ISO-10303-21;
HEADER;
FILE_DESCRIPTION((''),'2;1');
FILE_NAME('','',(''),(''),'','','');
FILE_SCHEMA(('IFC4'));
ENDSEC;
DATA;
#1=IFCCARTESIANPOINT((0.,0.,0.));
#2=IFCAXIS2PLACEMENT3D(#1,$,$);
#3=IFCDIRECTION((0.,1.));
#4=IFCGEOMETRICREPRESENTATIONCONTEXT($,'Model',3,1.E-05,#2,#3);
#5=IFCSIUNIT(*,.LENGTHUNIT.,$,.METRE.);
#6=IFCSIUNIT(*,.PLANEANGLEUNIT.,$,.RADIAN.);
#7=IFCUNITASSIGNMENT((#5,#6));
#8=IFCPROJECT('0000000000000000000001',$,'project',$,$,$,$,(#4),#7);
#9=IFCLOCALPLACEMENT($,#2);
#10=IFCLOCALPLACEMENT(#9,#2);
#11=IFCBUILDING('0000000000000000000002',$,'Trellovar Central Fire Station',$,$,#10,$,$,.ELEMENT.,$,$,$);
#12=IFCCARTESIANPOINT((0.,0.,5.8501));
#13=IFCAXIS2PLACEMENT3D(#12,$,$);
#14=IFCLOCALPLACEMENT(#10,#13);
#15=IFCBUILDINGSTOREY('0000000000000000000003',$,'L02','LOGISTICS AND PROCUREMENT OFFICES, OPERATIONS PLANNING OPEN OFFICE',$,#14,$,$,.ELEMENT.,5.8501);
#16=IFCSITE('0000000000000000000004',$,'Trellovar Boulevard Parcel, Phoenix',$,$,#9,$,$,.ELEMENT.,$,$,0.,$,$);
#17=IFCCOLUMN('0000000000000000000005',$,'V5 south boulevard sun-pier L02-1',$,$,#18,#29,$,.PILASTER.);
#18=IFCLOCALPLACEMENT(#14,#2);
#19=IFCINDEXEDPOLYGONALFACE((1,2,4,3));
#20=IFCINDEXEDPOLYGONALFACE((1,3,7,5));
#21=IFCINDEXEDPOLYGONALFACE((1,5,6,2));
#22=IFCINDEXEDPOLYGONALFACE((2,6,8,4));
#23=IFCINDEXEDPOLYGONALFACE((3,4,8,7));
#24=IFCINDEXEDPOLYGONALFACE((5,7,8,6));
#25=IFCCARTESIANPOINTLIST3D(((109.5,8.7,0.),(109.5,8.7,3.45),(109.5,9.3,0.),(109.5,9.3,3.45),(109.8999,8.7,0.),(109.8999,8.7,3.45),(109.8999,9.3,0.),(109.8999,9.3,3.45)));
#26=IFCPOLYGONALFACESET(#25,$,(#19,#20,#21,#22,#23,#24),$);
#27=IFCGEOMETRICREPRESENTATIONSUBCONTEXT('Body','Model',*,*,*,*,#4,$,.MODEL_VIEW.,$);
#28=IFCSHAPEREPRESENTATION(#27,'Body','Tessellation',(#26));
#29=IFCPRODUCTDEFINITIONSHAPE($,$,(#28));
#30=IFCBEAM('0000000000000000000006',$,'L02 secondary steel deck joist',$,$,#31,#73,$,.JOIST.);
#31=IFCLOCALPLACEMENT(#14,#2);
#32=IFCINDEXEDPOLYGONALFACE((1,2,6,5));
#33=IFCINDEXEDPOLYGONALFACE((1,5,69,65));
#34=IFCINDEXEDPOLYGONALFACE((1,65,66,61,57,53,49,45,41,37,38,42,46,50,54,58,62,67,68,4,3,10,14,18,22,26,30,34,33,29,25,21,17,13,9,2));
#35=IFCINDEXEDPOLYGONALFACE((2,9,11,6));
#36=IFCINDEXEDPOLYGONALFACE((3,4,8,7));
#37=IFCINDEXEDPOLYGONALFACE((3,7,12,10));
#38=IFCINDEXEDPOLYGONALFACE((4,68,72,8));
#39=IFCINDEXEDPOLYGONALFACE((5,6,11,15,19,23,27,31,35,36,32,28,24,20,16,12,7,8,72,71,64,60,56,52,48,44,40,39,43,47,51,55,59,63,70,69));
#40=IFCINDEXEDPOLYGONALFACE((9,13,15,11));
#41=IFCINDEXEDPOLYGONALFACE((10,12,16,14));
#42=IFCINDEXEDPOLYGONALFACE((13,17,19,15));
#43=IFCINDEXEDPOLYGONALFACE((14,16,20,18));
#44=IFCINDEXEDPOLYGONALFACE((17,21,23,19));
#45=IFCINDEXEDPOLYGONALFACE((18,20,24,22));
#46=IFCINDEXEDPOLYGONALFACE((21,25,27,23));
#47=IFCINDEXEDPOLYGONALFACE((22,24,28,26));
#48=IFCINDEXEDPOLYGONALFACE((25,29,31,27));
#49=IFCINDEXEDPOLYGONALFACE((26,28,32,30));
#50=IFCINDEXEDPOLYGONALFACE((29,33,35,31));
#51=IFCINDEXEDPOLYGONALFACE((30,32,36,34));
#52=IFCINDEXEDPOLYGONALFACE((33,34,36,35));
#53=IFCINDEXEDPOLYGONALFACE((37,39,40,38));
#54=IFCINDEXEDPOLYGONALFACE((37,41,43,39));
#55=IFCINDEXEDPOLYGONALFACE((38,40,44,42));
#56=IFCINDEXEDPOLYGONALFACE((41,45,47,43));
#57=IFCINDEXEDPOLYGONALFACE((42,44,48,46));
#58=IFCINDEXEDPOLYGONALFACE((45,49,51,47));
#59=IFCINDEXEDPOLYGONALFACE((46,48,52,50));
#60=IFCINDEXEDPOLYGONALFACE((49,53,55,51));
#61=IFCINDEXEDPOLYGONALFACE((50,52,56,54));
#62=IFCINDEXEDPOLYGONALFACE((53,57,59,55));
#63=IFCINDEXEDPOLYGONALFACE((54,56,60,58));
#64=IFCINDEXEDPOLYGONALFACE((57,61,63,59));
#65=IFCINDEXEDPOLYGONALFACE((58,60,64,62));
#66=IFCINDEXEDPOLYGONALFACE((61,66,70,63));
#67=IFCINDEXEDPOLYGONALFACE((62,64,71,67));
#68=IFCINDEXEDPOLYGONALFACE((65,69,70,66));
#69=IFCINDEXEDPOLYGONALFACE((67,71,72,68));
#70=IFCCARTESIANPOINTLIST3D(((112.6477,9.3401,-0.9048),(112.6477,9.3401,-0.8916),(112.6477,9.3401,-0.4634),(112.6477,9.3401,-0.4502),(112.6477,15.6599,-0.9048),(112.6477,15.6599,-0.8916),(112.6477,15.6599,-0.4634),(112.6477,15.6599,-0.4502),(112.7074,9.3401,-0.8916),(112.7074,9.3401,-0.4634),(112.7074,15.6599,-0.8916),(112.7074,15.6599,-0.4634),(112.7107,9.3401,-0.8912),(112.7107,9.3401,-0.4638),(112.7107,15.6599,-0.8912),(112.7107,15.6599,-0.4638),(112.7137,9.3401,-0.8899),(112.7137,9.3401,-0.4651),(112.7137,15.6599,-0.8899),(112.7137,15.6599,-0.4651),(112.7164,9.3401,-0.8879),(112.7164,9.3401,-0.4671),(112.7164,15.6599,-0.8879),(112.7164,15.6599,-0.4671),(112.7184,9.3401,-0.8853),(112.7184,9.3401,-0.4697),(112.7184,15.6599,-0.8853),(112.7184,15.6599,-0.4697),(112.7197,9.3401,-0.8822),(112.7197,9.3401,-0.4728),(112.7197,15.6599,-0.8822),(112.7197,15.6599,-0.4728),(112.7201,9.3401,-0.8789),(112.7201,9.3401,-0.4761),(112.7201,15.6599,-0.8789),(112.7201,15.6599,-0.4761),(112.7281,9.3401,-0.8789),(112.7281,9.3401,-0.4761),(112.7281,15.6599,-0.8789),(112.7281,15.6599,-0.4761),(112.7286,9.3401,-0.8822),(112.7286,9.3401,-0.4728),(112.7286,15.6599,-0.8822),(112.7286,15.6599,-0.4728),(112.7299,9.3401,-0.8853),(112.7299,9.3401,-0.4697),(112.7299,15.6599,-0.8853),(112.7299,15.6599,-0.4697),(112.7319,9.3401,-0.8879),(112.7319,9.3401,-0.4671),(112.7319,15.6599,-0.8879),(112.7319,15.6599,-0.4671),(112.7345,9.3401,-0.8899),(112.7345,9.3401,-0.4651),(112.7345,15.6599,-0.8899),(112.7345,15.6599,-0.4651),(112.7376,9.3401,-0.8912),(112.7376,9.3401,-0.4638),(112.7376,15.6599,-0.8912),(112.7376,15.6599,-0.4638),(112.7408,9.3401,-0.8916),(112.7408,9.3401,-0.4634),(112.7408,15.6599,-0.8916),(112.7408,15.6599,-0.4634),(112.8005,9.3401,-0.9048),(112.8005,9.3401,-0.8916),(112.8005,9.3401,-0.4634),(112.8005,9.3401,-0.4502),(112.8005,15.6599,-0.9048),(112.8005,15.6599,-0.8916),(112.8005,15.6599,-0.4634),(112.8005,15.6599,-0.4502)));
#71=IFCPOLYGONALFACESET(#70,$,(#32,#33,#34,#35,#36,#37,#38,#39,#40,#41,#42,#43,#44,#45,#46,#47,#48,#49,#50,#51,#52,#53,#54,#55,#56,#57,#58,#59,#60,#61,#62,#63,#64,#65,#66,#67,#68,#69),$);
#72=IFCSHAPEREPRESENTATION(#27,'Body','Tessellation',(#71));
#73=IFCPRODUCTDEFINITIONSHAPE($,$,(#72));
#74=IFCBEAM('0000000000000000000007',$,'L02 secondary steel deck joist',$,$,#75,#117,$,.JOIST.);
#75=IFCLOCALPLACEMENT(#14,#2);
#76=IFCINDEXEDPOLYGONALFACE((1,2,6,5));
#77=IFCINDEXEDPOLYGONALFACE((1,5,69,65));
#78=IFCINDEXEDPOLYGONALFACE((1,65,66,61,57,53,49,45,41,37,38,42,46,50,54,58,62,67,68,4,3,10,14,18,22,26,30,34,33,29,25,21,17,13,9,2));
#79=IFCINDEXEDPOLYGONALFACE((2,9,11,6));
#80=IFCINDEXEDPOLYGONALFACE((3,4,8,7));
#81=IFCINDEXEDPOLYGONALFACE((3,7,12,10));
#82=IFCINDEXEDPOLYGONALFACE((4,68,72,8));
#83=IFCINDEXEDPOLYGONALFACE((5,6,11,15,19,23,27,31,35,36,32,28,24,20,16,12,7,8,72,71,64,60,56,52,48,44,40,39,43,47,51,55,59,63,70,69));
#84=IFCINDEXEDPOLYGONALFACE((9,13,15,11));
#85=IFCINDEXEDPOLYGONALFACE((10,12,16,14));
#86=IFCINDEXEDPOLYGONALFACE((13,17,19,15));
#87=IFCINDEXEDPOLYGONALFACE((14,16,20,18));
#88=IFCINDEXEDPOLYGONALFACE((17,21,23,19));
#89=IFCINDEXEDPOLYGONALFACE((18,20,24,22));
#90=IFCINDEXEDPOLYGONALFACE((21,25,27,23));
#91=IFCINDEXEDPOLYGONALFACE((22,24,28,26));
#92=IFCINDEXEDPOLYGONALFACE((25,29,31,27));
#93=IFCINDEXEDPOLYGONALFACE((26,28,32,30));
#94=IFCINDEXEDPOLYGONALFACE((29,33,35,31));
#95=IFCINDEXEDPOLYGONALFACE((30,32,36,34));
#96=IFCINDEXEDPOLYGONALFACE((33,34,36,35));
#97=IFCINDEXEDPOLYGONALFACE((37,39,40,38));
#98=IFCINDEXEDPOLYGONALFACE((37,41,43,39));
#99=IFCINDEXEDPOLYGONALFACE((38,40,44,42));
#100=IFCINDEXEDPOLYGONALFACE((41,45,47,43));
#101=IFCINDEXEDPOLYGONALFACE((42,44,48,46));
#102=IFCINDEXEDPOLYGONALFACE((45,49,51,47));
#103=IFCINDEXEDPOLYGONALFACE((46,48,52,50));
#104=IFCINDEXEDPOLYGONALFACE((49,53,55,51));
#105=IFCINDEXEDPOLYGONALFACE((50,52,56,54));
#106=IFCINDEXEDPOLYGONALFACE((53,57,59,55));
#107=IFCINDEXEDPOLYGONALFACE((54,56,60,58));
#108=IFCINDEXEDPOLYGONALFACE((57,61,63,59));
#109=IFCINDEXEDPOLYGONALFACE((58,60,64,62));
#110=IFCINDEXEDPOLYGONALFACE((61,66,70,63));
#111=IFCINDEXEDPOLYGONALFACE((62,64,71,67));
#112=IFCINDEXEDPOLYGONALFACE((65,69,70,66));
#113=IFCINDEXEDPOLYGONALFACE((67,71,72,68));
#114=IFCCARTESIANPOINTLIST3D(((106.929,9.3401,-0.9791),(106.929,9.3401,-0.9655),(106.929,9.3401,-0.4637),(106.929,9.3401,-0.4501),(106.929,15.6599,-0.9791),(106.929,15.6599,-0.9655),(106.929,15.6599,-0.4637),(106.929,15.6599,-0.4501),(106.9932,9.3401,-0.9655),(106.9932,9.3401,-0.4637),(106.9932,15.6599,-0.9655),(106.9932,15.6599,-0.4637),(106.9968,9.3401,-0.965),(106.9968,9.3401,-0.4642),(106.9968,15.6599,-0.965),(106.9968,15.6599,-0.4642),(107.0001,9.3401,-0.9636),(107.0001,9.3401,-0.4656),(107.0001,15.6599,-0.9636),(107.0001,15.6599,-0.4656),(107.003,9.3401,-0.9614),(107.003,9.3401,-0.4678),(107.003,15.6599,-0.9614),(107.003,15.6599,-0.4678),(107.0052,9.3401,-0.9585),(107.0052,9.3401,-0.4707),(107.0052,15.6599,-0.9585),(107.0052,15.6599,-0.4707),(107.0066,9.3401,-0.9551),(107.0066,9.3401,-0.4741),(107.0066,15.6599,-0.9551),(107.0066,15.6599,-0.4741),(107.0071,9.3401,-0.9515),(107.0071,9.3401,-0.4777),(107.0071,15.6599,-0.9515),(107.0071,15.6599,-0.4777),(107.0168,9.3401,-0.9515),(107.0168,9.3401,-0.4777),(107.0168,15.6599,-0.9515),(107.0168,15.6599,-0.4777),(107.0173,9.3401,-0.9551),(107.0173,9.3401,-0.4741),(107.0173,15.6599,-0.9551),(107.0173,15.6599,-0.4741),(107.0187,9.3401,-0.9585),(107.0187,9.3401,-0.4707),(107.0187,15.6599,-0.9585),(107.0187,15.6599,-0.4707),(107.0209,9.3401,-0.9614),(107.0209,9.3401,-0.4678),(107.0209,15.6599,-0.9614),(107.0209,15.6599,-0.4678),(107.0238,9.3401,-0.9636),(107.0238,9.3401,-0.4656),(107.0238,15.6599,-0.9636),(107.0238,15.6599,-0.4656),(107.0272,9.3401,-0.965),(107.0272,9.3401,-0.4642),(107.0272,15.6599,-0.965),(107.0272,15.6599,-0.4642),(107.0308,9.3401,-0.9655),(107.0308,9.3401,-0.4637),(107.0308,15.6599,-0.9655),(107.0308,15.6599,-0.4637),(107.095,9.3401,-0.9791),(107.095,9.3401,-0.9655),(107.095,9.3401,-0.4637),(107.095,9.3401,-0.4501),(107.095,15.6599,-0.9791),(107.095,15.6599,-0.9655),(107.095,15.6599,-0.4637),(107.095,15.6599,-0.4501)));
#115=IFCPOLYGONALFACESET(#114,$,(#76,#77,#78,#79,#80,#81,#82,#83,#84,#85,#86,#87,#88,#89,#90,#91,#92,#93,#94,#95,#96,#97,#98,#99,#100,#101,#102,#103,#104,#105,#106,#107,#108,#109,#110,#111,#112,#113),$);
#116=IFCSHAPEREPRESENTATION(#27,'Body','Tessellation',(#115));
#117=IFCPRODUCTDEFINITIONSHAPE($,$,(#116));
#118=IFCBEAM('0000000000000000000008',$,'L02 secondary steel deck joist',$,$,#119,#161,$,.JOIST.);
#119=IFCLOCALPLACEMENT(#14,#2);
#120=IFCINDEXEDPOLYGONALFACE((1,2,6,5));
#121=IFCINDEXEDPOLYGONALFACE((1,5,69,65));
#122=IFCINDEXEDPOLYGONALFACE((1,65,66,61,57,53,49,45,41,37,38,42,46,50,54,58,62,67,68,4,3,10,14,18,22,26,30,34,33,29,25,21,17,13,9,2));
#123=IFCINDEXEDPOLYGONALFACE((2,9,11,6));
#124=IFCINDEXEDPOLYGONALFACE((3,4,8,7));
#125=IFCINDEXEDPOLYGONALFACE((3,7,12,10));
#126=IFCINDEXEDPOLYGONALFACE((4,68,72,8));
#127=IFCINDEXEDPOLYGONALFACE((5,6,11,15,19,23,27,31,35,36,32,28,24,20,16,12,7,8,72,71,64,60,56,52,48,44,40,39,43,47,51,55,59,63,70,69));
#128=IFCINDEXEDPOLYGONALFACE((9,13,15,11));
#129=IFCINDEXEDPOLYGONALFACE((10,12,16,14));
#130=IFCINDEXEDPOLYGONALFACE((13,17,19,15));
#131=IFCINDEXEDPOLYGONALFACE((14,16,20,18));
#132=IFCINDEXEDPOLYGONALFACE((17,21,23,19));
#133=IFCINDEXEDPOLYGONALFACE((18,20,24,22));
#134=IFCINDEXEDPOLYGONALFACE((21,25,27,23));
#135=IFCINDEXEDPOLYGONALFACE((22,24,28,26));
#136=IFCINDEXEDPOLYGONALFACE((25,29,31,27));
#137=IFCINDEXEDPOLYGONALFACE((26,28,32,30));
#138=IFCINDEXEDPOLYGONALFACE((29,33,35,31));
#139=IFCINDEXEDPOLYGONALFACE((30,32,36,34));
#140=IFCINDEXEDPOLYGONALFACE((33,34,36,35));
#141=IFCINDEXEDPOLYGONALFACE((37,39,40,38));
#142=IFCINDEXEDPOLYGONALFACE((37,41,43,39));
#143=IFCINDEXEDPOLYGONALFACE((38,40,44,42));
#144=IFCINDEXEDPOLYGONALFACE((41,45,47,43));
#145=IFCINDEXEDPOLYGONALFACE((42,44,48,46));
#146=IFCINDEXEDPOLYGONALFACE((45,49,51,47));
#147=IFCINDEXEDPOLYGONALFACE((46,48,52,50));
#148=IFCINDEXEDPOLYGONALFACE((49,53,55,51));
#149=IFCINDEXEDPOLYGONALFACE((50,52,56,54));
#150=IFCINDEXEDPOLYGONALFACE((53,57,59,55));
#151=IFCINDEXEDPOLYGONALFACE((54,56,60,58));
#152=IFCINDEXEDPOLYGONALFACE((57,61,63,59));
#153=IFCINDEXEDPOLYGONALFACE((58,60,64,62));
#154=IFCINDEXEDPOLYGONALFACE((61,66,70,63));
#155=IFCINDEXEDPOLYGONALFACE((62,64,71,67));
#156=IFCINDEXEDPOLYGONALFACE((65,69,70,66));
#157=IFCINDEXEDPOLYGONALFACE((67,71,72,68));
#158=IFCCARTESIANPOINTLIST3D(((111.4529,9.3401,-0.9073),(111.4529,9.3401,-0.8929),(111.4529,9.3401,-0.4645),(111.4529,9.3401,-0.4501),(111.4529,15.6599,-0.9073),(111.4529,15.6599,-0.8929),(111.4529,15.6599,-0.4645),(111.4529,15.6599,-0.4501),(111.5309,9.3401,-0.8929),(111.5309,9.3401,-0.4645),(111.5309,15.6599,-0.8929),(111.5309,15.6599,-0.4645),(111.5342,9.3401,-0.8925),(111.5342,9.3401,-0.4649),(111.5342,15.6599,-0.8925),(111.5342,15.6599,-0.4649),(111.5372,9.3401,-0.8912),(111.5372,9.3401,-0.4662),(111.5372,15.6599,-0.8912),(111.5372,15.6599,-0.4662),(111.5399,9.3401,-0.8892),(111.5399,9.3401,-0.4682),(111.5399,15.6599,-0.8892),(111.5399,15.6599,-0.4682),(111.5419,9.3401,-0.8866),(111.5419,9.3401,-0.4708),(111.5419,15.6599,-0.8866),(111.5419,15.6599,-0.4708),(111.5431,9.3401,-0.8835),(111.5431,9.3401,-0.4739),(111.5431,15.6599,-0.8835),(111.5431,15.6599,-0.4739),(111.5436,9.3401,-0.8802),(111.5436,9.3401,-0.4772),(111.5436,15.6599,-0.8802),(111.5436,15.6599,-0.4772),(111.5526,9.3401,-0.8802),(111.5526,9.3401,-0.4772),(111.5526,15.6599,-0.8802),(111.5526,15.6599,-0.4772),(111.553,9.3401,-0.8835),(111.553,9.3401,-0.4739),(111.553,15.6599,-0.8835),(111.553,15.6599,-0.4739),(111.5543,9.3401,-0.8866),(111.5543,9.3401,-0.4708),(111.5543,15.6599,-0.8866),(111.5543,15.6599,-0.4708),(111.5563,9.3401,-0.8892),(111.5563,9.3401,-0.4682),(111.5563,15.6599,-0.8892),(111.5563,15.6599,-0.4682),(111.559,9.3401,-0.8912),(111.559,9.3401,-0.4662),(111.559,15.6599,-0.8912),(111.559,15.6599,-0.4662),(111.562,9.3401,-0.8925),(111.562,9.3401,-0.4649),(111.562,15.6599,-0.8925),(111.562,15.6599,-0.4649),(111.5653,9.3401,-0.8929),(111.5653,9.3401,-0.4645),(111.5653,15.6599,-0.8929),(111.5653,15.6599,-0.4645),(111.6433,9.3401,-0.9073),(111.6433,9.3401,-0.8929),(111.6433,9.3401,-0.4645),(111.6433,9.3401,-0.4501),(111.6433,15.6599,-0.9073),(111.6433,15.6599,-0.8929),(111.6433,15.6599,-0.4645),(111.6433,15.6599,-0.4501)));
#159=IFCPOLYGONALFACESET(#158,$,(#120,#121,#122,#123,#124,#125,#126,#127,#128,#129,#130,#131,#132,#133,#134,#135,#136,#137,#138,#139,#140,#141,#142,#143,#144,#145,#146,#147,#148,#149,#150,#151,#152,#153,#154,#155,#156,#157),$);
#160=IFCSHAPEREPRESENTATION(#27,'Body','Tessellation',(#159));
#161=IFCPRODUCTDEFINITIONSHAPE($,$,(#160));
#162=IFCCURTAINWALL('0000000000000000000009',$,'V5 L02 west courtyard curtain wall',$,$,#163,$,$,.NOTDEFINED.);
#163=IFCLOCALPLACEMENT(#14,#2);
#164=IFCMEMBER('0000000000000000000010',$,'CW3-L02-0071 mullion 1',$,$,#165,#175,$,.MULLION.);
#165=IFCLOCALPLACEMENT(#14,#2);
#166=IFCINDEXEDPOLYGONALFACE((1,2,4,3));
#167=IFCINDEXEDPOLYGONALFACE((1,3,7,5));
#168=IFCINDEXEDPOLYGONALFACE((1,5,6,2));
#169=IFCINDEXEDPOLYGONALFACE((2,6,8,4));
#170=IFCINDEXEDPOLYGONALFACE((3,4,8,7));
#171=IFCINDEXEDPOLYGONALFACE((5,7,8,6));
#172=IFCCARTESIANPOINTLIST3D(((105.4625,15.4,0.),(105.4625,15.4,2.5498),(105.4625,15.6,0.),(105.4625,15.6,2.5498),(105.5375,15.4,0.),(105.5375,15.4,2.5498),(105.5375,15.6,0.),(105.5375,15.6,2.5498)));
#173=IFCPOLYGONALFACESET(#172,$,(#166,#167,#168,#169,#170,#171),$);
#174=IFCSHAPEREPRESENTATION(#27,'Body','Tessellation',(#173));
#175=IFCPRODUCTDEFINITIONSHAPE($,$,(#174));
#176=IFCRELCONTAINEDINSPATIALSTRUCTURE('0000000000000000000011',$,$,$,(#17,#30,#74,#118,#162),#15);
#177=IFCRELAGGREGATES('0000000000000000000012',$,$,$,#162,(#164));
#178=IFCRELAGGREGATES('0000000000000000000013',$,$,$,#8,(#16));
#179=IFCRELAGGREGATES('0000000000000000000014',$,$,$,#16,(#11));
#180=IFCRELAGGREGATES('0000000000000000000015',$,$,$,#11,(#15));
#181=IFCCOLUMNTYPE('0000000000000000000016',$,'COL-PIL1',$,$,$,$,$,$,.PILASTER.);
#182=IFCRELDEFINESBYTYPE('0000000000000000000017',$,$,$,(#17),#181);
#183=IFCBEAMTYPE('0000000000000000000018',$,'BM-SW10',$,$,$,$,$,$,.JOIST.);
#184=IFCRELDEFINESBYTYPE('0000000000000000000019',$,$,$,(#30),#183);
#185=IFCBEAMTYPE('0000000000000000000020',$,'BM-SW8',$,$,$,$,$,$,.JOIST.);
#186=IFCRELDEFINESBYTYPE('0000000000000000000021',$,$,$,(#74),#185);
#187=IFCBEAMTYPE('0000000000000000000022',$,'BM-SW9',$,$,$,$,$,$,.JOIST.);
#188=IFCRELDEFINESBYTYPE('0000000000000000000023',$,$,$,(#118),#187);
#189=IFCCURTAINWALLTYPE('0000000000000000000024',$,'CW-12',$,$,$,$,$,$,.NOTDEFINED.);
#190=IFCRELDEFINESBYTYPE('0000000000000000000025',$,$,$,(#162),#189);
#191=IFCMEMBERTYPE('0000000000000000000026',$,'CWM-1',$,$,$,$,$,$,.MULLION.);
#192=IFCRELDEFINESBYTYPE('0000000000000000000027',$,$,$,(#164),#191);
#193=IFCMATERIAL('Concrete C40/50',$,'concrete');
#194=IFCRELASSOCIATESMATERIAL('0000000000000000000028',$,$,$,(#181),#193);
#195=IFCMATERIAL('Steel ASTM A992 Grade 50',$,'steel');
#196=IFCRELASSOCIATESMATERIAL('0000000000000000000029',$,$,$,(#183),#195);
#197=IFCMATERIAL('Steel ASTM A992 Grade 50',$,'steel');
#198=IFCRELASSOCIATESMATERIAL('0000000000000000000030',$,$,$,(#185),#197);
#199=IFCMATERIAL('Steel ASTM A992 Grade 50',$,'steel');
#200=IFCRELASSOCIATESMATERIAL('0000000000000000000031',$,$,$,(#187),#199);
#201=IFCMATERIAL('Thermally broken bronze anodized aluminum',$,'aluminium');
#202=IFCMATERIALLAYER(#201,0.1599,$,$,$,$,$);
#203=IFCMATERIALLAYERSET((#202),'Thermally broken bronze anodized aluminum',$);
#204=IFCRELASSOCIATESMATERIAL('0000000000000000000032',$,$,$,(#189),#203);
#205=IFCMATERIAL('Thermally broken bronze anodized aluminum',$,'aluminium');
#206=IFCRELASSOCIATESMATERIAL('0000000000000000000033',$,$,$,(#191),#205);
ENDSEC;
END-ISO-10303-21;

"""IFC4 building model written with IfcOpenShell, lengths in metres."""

from ifc_helpers import new_model, si_unit, direction, frame, origin, origin_2d, place, context, subcontext, project, spatial, rectangle, i_section, extrude, material, layer, layer_set, material_profile, profile_set, type_object, element, aggregate, save


model = new_model("IFC4")

# Units and contexts
model_context = context("Model", 3, precision=1e-05, world=origin(), true_north=direction((0.0, 1.0)))
body_context = subcontext(model_context, "Body", "Model", "MODEL_VIEW")
ifc_project = project(units=[si_unit("LENGTHUNIT", "METRE"), si_unit("PLANEANGLEUNIT", "RADIAN")], contexts=[model_context])

# Site, building, storey
site_placement = place(None, origin())
site = spatial("IfcSite", under=ifc_project, at=site_placement, Name="Trellovar Boulevard Parcel, Phoenix", CompositionType="ELEMENT", RefElevation=0.0)
building_placement = place(site_placement, origin())
building = spatial("IfcBuilding", under=site, at=building_placement, Name="Trellovar Central Fire Station", CompositionType="ELEMENT")
storey_placement = place(building_placement, frame((0.0, 0.0, 5.8501)))
storey = spatial("IfcBuildingStorey", under=building, at=storey_placement, Name="L02", Description="LOGISTICS AND PROCUREMENT OFFICES, OPERATIONS PLANNING OPEN OFFICE", CompositionType="ELEMENT", Elevation=5.8501)

# Column
ifc_material_1 = material(Name="Concrete C40/50", Category="concrete")
ifc_material_profile_1 = material_profile(ifc_material_1, rectangle(XDim=0.3999, YDim=0.6001, at=origin_2d()), Name="RC400X600")
ifc_profile_set_1 = profile_set([ifc_material_profile_1], Name="Concrete C40/50")
column_type = type_object("IfcColumnType", Name="COL-PIL1", PredefinedType="PILASTER", material=ifc_profile_set_1)
column_placement = place(storey_placement, frame((109.7, 9.0, 0.0), z_axis=(0.0, 0.0, 1.0), x_axis=(1.0, 0.0, 0.0)))
element("IfcColumn", 1, at=column_placement, inside=storey, type_object=column_type, Name="V5 south boulevard sun-pier L02-1", PredefinedType="PILASTER", context=body_context, shape_type="SweptSolid", body=[
    extrude(rectangle(XDim=0.3999, YDim=0.6001, at=origin_2d()), origin(), (0.0, 0.0, 1.0), 3.45),
])

# Beams
ifc_material_2 = material(Name="Steel ASTM A992 Grade 50", Category="steel")
ifc_material_profile_2 = material_profile(ifc_material_2, i_section(OverallWidth=0.1528, OverallDepth=0.4546, WebThickness=0.0081, FlangeThickness=0.0132, FilletRadius=0.0127, at=origin_2d()), Name="W18X40")
ifc_profile_set_2 = profile_set([ifc_material_profile_2], Name="Steel ASTM A992 Grade 50")
beam_type_1 = type_object("IfcBeamType", Name="BM-SW10", PredefinedType="JOIST", material=ifc_profile_set_2)
beam_1_placement = place(storey_placement, frame((112.7241, 9.3401, -0.6775), z_axis=(0.0, 1.0, 0.0), x_axis=(-1.0, 0.0, 0.0)))
element("IfcBeam", 2, at=beam_1_placement, inside=storey, type_object=beam_type_1, Name="L02 secondary steel deck joist", PredefinedType="JOIST", context=body_context, shape_type="SweptSolid", body=[
    extrude(i_section(OverallWidth=0.1528, OverallDepth=0.4546, WebThickness=0.0081, FlangeThickness=0.0132, FilletRadius=0.0127, at=origin_2d()), origin(), (0.0, 0.0, 1.0), 6.3198),
])
ifc_material_3 = material(Name="Steel ASTM A992 Grade 50", Category="steel")
ifc_material_profile_3 = material_profile(ifc_material_3, i_section(OverallWidth=0.166, OverallDepth=0.5291, WebThickness=0.0098, FlangeThickness=0.0137, FilletRadius=0.0139, at=origin_2d()), Name="W21X50")
ifc_profile_set_3 = profile_set([ifc_material_profile_3], Name="Steel ASTM A992 Grade 50")
beam_type_2 = type_object("IfcBeamType", Name="BM-SW8", PredefinedType="JOIST", material=ifc_profile_set_3)
beam_2_placement = place(storey_placement, frame((107.012, 9.3401, -0.7146), z_axis=(0.0, 1.0, 0.0), x_axis=(-1.0, 0.0, 0.0)))
element("IfcBeam", 3, at=beam_2_placement, inside=storey, type_object=beam_type_2, Name="L02 secondary steel deck joist", PredefinedType="JOIST", context=body_context, shape_type="SweptSolid", body=[
    extrude(i_section(OverallWidth=0.166, OverallDepth=0.5291, WebThickness=0.0098, FlangeThickness=0.0137, FilletRadius=0.0139, at=origin_2d()), origin(), (0.0, 0.0, 1.0), 6.3198),
])
ifc_material_4 = material(Name="Steel ASTM A992 Grade 50", Category="steel")
ifc_material_profile_4 = material_profile(ifc_material_4, i_section(OverallWidth=0.1904, OverallDepth=0.4573, WebThickness=0.009, FlangeThickness=0.0144, FilletRadius=0.0127, at=origin_2d()), Name="W18X50")
ifc_profile_set_4 = profile_set([ifc_material_profile_4], Name="Steel ASTM A992 Grade 50")
beam_type_3 = type_object("IfcBeamType", Name="BM-SW9", PredefinedType="JOIST", material=ifc_profile_set_4)
beam_3_placement = place(storey_placement, frame((111.5481, 9.3401, -0.6787), z_axis=(0.0, 1.0, 0.0), x_axis=(-1.0, 0.0, 0.0)))
element("IfcBeam", 4, at=beam_3_placement, inside=storey, type_object=beam_type_3, Name="L02 secondary steel deck joist", PredefinedType="JOIST", context=body_context, shape_type="SweptSolid", body=[
    extrude(i_section(OverallWidth=0.1904, OverallDepth=0.4573, WebThickness=0.009, FlangeThickness=0.0144, FilletRadius=0.0127, at=origin_2d()), origin(), (0.0, 0.0, 1.0), 6.3198),
])

# Curtain wall, member
ifc_material_5 = material(Name="Thermally broken bronze anodized aluminum", Category="aluminium")
ifc_layer_1 = layer(ifc_material_5, 0.1599)
ifc_layer_set_1 = layer_set([ifc_layer_1], Name="Thermally broken bronze anodized aluminum")
curtain_wall_type = type_object("IfcCurtainWallType", Name="CW-12", PredefinedType="NOTDEFINED", material=ifc_layer_set_1)
curtain_wall_placement = place(storey_placement, origin())
curtain_wall = element("IfcCurtainWall", 5, at=curtain_wall_placement, inside=storey, type_object=curtain_wall_type, Name="V5 L02 west courtyard curtain wall", PredefinedType="NOTDEFINED")
ifc_material_6 = material(Name="Thermally broken bronze anodized aluminum", Category="aluminium")
ifc_material_profile_5 = material_profile(ifc_material_6, rectangle(XDim=0.075, YDim=0.2, at=origin_2d()), Name="ALU75X200")
ifc_profile_set_5 = profile_set([ifc_material_profile_5], Name="Thermally broken bronze anodized aluminum")
member_type_1 = type_object("IfcMemberType", Name="CWM-1", PredefinedType="MULLION", material=ifc_profile_set_5)
member_1_placement = place(storey_placement, frame((105.5, 15.5, 0.0), z_axis=(0.0, 0.0, 1.0), x_axis=(1.0, 0.0, 0.0)))
member_1 = element("IfcMember", 6, at=member_1_placement, type_object=member_type_1, Name="CW3-L02-0071 mullion 1", PredefinedType="MULLION", context=body_context, shape_type="SweptSolid", body=[
    extrude(rectangle(XDim=0.075, YDim=0.2, at=origin_2d()), origin(), (0.0, 0.0, 1.0), 2.5498),
])
aggregate(curtain_wall, [member_1])

save(model, "model.ifc")
